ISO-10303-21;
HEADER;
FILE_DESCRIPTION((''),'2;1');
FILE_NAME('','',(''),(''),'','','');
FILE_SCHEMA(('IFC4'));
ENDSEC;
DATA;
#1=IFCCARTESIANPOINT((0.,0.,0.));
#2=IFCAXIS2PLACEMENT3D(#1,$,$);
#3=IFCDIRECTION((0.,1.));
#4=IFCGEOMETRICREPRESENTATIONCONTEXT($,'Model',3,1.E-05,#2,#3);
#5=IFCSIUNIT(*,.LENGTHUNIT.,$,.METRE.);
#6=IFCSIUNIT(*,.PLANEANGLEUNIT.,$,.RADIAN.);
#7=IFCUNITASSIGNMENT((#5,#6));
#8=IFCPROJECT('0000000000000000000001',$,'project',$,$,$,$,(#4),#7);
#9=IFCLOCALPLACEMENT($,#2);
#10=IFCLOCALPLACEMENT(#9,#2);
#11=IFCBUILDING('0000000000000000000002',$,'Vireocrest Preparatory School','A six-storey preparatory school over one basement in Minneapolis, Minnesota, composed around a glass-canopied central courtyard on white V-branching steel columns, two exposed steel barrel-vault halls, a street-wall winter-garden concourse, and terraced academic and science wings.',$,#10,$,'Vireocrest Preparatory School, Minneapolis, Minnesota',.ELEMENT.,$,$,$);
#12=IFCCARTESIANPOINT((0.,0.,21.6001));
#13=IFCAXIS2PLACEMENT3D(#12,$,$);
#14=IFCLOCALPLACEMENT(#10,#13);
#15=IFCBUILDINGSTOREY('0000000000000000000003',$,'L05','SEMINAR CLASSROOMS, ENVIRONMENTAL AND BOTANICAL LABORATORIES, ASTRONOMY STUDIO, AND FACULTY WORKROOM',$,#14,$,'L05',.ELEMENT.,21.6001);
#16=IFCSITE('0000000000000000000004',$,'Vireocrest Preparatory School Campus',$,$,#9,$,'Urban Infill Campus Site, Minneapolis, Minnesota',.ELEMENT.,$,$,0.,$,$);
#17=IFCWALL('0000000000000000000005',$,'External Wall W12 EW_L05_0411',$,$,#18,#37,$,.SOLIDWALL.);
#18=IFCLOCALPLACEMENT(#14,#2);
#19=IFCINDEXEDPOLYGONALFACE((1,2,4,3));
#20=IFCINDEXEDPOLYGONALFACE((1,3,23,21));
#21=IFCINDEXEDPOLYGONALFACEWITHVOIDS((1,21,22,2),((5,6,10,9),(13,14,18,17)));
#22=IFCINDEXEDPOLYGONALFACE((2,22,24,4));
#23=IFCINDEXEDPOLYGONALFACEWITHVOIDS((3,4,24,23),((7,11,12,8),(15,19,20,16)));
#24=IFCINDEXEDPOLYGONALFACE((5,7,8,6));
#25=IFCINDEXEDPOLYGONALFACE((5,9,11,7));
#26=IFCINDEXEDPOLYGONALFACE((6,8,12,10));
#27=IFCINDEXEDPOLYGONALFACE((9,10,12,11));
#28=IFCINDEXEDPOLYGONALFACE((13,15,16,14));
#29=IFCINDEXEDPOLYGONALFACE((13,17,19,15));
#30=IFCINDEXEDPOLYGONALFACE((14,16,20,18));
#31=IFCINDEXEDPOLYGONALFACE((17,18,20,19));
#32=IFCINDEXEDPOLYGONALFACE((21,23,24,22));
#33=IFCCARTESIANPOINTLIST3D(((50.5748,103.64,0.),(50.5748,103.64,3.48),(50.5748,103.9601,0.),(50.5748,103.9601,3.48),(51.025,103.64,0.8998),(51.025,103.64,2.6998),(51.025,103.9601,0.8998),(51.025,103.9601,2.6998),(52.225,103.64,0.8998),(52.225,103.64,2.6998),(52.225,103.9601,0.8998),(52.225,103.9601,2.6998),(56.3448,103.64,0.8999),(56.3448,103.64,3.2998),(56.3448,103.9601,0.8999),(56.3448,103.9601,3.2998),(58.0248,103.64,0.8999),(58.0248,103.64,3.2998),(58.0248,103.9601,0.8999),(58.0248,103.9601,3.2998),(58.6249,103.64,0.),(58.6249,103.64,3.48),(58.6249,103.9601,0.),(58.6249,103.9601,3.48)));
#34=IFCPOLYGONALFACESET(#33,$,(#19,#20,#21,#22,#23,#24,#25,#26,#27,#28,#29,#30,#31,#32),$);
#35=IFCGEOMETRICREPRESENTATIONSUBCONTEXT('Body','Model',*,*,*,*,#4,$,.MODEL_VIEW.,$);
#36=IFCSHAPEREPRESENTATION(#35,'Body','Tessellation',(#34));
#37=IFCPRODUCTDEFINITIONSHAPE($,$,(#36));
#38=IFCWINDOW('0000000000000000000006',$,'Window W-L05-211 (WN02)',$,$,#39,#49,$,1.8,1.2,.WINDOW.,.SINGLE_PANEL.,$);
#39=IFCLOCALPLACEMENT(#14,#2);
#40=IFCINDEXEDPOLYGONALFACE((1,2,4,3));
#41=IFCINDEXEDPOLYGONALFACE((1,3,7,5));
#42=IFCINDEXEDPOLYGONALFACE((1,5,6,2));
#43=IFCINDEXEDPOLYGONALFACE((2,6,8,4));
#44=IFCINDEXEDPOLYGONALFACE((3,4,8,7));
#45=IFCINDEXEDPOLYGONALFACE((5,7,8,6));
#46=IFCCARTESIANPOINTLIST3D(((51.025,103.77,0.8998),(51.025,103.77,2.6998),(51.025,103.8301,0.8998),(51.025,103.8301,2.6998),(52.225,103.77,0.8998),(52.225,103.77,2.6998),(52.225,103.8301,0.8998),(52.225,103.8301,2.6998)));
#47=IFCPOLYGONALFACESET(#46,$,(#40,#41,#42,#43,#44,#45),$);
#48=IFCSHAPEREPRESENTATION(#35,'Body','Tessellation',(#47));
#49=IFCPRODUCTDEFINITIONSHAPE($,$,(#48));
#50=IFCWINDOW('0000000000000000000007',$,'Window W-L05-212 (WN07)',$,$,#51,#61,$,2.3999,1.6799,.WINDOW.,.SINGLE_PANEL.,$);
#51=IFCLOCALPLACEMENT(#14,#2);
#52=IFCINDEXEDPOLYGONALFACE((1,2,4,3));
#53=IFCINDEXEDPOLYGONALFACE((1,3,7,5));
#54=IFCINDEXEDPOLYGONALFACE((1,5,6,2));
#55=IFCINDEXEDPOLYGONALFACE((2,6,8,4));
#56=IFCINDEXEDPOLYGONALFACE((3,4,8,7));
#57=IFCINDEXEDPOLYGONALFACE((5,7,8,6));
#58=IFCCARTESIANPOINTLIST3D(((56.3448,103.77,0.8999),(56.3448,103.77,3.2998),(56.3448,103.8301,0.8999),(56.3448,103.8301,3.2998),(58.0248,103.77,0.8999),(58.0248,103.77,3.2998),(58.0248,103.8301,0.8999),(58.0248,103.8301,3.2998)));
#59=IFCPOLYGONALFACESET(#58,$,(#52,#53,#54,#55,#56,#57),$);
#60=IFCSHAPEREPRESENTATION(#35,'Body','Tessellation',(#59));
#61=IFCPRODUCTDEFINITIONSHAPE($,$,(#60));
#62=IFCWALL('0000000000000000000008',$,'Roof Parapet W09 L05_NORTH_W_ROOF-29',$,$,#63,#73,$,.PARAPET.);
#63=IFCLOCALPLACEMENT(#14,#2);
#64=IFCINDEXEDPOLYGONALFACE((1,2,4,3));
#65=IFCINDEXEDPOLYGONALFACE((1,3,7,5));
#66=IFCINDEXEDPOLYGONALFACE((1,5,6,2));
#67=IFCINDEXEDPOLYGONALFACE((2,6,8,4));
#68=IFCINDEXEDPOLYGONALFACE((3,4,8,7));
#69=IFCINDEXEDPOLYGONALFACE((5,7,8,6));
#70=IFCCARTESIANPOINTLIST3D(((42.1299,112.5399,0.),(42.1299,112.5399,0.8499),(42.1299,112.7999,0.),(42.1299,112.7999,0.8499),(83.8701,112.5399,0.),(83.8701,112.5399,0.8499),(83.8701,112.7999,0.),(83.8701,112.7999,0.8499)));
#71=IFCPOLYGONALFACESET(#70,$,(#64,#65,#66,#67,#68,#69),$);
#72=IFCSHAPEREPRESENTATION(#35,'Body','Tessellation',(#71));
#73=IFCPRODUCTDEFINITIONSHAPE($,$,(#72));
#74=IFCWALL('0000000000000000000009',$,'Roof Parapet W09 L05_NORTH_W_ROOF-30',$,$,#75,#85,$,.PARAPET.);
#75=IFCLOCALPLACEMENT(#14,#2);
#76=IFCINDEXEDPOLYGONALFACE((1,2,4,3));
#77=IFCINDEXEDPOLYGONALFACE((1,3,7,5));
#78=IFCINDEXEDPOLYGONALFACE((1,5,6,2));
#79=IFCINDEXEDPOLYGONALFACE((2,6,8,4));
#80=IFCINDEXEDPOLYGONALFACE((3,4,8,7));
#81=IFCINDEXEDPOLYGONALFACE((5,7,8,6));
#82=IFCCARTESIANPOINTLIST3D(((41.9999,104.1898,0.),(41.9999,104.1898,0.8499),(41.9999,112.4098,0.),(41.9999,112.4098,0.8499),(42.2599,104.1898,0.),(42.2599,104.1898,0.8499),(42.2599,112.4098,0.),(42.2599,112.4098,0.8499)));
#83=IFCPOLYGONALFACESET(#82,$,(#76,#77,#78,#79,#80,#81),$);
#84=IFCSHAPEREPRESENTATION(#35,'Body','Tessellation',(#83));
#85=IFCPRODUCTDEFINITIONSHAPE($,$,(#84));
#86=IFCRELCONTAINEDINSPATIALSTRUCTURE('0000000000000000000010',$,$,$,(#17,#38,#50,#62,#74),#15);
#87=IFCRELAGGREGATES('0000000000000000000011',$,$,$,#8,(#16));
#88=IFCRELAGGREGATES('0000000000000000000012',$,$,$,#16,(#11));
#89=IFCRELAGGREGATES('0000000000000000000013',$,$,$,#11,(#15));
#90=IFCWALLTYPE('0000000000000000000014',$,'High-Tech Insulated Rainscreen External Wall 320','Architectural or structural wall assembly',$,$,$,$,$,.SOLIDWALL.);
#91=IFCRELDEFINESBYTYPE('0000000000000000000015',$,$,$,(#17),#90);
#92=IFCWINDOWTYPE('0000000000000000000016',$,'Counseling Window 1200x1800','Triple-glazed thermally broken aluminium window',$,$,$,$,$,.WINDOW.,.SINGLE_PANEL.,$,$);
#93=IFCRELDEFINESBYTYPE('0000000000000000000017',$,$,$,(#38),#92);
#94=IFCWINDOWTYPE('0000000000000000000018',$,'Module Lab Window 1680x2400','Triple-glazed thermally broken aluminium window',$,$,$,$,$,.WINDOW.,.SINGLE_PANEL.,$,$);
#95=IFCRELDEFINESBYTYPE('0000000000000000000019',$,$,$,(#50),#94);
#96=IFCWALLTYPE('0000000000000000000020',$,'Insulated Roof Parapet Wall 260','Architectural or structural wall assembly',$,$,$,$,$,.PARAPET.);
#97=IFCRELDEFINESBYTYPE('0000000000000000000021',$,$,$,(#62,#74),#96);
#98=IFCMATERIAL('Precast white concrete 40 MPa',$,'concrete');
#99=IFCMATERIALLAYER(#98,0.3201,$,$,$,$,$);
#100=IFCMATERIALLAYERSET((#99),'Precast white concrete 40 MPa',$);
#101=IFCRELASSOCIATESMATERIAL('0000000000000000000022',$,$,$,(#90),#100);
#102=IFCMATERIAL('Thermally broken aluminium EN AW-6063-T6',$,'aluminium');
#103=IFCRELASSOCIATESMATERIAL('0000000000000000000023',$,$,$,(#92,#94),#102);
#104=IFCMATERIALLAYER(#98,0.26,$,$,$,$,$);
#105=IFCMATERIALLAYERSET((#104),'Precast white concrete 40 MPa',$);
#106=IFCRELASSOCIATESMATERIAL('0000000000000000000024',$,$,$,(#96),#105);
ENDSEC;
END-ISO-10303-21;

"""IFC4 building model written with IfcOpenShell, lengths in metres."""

from ifc_helpers import new_model, si_unit, direction, frame, frame_2d, origin, place, context, subcontext, project, spatial, rectangle, extrude, material, layer, layer_set, type_object, element, fill, save


model = new_model("IFC4")

# Units and contexts
model_context = context("Model", 3, precision=1e-05, world=origin(), true_north=direction((0.0, 1.0)))
body_context = subcontext(model_context, "Body", "Model", "MODEL_VIEW")
ifc_project = project(units=[si_unit("LENGTHUNIT", "METRE"), si_unit("PLANEANGLEUNIT", "RADIAN")], contexts=[model_context])

# Site, building, storey
site_placement = place(None, origin())
site = spatial("IfcSite", under=ifc_project, at=site_placement, Name="Vireocrest Preparatory School Campus", LongName="Urban Infill Campus Site, Minneapolis, Minnesota", CompositionType="ELEMENT", RefElevation=0.0)
building_placement = place(site_placement, origin())
building = spatial("IfcBuilding", under=site, at=building_placement, Name="Vireocrest Preparatory School", Description="A six-storey preparatory school over one basement in Minneapolis, Minnesota, composed around a glass-canopied central courtyard on white V-branching steel columns, two exposed steel barrel-vault halls, a street-wall winter-garden concourse, and terraced academic and science wings.", LongName="Vireocrest Preparatory School, Minneapolis, Minnesota", CompositionType="ELEMENT")
storey_placement = place(building_placement, frame((0.0, 0.0, 21.6001)))
storey = spatial("IfcBuildingStorey", under=building, at=storey_placement, Name="L05", Description="SEMINAR CLASSROOMS, ENVIRONMENTAL AND BOTANICAL LABORATORIES, ASTRONOMY STUDIO, AND FACULTY WORKROOM", LongName="L05", CompositionType="ELEMENT", Elevation=21.6001)

# Shared definitions
ifc_material_1 = material(Name="Thermally broken aluminium EN AW-6063-T6", Category="aluminium")

# Wall, openings, windows
ifc_material_2 = material(Name="Precast white concrete 40 MPa", Category="concrete")
ifc_layer_1 = layer(ifc_material_2, 0.3201)
ifc_layer_set_1 = layer_set([ifc_layer_1], Name="Precast white concrete 40 MPa")
wall_type_1 = type_object("IfcWallType", Name="High-Tech Insulated Rainscreen External Wall 320", Description="Architectural or structural wall assembly", PredefinedType="SOLIDWALL", material=ifc_layer_set_1)
wall_1_placement = place(storey_placement, frame((50.575, 103.8, 0.0), z_axis=(0.0, 0.0, 1.0), x_axis=(1.0, 0.0, 0.0)))
wall_1 = element("IfcWall", 1, at=wall_1_placement, inside=storey, type_object=wall_type_1, Name="External Wall W12 EW_L05_0411", PredefinedType="SOLIDWALL", context=body_context, shape_type="SweptSolid", body=[
    extrude(rectangle(XDim=8.05, YDim=0.3201, at=frame_2d((4.0249, 0.0))), origin(), (0.0, 0.0, 1.0), 3.48),
])
opening_1_placement = place(wall_1_placement, frame((0.45, 0.0, 0.8999)))
opening_1 = element("IfcOpeningElement", 2, at=opening_1_placement, cuts=wall_1, PredefinedType="OPENING", context=body_context, shape_type="SweptSolid", body=[
    extrude(rectangle(XDim=1.2, YDim=1.8, at=frame_2d((0.6001, 0.8999))), frame((0.0, 0.1699, 0.0), z_axis=(0.0, -1.0, 0.0), x_axis=(1.0, 0.0, 0.0)), (0.0, 0.0, 1.0), 0.3401),
])
opening_2_placement = place(wall_1_placement, frame((5.77, 0.0, 0.8999)))
opening_2 = element("IfcOpeningElement", 3, at=opening_2_placement, cuts=wall_1, PredefinedType="OPENING", context=body_context, shape_type="SweptSolid", body=[
    extrude(rectangle(XDim=1.6799, YDim=2.3999, at=frame_2d((0.8398, 1.2))), frame((0.0, 0.1699, 0.0), z_axis=(0.0, -1.0, 0.0), x_axis=(1.0, 0.0, 0.0)), (0.0, 0.0, 1.0), 0.3401),
])
window_type_1 = type_object("IfcWindowType", Name="Counseling Window 1200x1800", Description="Triple-glazed thermally broken aluminium window", PartitioningType="SINGLE_PANEL", PredefinedType="WINDOW", material=ifc_material_1)
window_1_placement = place(opening_1_placement, origin())
window_1 = element("IfcWindow", 4, at=window_1_placement, inside=storey, type_object=window_type_1, Name="Window W-L05-211 (WN02)", OverallHeight=1.8, OverallWidth=1.2, PartitioningType="SINGLE_PANEL", PredefinedType="WINDOW", context=body_context, shape_type="SweptSolid", body=[
    extrude(rectangle(XDim=1.2, YDim=1.8, at=frame_2d((0.6001, 0.8999))), frame((0.0, 0.03, 0.0), z_axis=(0.0, -1.0, 0.0), x_axis=(1.0, 0.0, 0.0)), (0.0, 0.0, 1.0), 0.0601),
])
fill(opening_1, window_1)
window_type_2 = type_object("IfcWindowType", Name="Module Lab Window 1680x2400", Description="Triple-glazed thermally broken aluminium window", PartitioningType="SINGLE_PANEL", PredefinedType="WINDOW", material=ifc_material_1)
window_2_placement = place(opening_2_placement, origin())
window_2 = element("IfcWindow", 5, at=window_2_placement, inside=storey, type_object=window_type_2, Name="Window W-L05-212 (WN07)", OverallHeight=2.3999, OverallWidth=1.6799, PartitioningType="SINGLE_PANEL", PredefinedType="WINDOW", context=body_context, shape_type="SweptSolid", body=[
    extrude(rectangle(XDim=1.6799, YDim=2.3999, at=frame_2d((0.8398, 1.2))), frame((0.0, 0.03, 0.0), z_axis=(0.0, -1.0, 0.0), x_axis=(1.0, 0.0, 0.0)), (0.0, 0.0, 1.0), 0.0601),
])
fill(opening_2, window_2)

# Walls
ifc_layer_2 = layer(ifc_material_2, 0.26)
ifc_layer_set_2 = layer_set([ifc_layer_2], Name="Precast white concrete 40 MPa")
wall_type_2 = type_object("IfcWallType", Name="Insulated Roof Parapet Wall 260", Description="Architectural or structural wall assembly", PredefinedType="PARAPET", material=ifc_layer_set_2)
wall_2_placement = place(storey_placement, frame((42.1299, 112.6699, 0.0), z_axis=(0.0, 0.0, 1.0), x_axis=(1.0, 0.0, 0.0)))
element("IfcWall", 6, at=wall_2_placement, inside=storey, type_object=wall_type_2, Name="Roof Parapet W09 L05_NORTH_W_ROOF-29", PredefinedType="PARAPET", context=body_context, shape_type="SweptSolid", body=[
    extrude(rectangle(XDim=41.7402, YDim=0.26, at=frame_2d((20.8701, 0.0))), origin(), (0.0, 0.0, 1.0), 0.8499),
])
wall_3_placement = place(storey_placement, frame((42.1299, 104.1899, 0.0), z_axis=(0.0, 0.0, 1.0), x_axis=(0.0, 1.0, 0.0)))
element("IfcWall", 7, at=wall_3_placement, inside=storey, type_object=wall_type_2, Name="Roof Parapet W09 L05_NORTH_W_ROOF-30", PredefinedType="PARAPET", context=body_context, shape_type="SweptSolid", body=[
    extrude(rectangle(XDim=8.22, YDim=0.26, at=frame_2d((4.1099, 0.0))), origin(), (0.0, 0.0, 1.0), 0.8499),
])

save(model, "model.ifc")
